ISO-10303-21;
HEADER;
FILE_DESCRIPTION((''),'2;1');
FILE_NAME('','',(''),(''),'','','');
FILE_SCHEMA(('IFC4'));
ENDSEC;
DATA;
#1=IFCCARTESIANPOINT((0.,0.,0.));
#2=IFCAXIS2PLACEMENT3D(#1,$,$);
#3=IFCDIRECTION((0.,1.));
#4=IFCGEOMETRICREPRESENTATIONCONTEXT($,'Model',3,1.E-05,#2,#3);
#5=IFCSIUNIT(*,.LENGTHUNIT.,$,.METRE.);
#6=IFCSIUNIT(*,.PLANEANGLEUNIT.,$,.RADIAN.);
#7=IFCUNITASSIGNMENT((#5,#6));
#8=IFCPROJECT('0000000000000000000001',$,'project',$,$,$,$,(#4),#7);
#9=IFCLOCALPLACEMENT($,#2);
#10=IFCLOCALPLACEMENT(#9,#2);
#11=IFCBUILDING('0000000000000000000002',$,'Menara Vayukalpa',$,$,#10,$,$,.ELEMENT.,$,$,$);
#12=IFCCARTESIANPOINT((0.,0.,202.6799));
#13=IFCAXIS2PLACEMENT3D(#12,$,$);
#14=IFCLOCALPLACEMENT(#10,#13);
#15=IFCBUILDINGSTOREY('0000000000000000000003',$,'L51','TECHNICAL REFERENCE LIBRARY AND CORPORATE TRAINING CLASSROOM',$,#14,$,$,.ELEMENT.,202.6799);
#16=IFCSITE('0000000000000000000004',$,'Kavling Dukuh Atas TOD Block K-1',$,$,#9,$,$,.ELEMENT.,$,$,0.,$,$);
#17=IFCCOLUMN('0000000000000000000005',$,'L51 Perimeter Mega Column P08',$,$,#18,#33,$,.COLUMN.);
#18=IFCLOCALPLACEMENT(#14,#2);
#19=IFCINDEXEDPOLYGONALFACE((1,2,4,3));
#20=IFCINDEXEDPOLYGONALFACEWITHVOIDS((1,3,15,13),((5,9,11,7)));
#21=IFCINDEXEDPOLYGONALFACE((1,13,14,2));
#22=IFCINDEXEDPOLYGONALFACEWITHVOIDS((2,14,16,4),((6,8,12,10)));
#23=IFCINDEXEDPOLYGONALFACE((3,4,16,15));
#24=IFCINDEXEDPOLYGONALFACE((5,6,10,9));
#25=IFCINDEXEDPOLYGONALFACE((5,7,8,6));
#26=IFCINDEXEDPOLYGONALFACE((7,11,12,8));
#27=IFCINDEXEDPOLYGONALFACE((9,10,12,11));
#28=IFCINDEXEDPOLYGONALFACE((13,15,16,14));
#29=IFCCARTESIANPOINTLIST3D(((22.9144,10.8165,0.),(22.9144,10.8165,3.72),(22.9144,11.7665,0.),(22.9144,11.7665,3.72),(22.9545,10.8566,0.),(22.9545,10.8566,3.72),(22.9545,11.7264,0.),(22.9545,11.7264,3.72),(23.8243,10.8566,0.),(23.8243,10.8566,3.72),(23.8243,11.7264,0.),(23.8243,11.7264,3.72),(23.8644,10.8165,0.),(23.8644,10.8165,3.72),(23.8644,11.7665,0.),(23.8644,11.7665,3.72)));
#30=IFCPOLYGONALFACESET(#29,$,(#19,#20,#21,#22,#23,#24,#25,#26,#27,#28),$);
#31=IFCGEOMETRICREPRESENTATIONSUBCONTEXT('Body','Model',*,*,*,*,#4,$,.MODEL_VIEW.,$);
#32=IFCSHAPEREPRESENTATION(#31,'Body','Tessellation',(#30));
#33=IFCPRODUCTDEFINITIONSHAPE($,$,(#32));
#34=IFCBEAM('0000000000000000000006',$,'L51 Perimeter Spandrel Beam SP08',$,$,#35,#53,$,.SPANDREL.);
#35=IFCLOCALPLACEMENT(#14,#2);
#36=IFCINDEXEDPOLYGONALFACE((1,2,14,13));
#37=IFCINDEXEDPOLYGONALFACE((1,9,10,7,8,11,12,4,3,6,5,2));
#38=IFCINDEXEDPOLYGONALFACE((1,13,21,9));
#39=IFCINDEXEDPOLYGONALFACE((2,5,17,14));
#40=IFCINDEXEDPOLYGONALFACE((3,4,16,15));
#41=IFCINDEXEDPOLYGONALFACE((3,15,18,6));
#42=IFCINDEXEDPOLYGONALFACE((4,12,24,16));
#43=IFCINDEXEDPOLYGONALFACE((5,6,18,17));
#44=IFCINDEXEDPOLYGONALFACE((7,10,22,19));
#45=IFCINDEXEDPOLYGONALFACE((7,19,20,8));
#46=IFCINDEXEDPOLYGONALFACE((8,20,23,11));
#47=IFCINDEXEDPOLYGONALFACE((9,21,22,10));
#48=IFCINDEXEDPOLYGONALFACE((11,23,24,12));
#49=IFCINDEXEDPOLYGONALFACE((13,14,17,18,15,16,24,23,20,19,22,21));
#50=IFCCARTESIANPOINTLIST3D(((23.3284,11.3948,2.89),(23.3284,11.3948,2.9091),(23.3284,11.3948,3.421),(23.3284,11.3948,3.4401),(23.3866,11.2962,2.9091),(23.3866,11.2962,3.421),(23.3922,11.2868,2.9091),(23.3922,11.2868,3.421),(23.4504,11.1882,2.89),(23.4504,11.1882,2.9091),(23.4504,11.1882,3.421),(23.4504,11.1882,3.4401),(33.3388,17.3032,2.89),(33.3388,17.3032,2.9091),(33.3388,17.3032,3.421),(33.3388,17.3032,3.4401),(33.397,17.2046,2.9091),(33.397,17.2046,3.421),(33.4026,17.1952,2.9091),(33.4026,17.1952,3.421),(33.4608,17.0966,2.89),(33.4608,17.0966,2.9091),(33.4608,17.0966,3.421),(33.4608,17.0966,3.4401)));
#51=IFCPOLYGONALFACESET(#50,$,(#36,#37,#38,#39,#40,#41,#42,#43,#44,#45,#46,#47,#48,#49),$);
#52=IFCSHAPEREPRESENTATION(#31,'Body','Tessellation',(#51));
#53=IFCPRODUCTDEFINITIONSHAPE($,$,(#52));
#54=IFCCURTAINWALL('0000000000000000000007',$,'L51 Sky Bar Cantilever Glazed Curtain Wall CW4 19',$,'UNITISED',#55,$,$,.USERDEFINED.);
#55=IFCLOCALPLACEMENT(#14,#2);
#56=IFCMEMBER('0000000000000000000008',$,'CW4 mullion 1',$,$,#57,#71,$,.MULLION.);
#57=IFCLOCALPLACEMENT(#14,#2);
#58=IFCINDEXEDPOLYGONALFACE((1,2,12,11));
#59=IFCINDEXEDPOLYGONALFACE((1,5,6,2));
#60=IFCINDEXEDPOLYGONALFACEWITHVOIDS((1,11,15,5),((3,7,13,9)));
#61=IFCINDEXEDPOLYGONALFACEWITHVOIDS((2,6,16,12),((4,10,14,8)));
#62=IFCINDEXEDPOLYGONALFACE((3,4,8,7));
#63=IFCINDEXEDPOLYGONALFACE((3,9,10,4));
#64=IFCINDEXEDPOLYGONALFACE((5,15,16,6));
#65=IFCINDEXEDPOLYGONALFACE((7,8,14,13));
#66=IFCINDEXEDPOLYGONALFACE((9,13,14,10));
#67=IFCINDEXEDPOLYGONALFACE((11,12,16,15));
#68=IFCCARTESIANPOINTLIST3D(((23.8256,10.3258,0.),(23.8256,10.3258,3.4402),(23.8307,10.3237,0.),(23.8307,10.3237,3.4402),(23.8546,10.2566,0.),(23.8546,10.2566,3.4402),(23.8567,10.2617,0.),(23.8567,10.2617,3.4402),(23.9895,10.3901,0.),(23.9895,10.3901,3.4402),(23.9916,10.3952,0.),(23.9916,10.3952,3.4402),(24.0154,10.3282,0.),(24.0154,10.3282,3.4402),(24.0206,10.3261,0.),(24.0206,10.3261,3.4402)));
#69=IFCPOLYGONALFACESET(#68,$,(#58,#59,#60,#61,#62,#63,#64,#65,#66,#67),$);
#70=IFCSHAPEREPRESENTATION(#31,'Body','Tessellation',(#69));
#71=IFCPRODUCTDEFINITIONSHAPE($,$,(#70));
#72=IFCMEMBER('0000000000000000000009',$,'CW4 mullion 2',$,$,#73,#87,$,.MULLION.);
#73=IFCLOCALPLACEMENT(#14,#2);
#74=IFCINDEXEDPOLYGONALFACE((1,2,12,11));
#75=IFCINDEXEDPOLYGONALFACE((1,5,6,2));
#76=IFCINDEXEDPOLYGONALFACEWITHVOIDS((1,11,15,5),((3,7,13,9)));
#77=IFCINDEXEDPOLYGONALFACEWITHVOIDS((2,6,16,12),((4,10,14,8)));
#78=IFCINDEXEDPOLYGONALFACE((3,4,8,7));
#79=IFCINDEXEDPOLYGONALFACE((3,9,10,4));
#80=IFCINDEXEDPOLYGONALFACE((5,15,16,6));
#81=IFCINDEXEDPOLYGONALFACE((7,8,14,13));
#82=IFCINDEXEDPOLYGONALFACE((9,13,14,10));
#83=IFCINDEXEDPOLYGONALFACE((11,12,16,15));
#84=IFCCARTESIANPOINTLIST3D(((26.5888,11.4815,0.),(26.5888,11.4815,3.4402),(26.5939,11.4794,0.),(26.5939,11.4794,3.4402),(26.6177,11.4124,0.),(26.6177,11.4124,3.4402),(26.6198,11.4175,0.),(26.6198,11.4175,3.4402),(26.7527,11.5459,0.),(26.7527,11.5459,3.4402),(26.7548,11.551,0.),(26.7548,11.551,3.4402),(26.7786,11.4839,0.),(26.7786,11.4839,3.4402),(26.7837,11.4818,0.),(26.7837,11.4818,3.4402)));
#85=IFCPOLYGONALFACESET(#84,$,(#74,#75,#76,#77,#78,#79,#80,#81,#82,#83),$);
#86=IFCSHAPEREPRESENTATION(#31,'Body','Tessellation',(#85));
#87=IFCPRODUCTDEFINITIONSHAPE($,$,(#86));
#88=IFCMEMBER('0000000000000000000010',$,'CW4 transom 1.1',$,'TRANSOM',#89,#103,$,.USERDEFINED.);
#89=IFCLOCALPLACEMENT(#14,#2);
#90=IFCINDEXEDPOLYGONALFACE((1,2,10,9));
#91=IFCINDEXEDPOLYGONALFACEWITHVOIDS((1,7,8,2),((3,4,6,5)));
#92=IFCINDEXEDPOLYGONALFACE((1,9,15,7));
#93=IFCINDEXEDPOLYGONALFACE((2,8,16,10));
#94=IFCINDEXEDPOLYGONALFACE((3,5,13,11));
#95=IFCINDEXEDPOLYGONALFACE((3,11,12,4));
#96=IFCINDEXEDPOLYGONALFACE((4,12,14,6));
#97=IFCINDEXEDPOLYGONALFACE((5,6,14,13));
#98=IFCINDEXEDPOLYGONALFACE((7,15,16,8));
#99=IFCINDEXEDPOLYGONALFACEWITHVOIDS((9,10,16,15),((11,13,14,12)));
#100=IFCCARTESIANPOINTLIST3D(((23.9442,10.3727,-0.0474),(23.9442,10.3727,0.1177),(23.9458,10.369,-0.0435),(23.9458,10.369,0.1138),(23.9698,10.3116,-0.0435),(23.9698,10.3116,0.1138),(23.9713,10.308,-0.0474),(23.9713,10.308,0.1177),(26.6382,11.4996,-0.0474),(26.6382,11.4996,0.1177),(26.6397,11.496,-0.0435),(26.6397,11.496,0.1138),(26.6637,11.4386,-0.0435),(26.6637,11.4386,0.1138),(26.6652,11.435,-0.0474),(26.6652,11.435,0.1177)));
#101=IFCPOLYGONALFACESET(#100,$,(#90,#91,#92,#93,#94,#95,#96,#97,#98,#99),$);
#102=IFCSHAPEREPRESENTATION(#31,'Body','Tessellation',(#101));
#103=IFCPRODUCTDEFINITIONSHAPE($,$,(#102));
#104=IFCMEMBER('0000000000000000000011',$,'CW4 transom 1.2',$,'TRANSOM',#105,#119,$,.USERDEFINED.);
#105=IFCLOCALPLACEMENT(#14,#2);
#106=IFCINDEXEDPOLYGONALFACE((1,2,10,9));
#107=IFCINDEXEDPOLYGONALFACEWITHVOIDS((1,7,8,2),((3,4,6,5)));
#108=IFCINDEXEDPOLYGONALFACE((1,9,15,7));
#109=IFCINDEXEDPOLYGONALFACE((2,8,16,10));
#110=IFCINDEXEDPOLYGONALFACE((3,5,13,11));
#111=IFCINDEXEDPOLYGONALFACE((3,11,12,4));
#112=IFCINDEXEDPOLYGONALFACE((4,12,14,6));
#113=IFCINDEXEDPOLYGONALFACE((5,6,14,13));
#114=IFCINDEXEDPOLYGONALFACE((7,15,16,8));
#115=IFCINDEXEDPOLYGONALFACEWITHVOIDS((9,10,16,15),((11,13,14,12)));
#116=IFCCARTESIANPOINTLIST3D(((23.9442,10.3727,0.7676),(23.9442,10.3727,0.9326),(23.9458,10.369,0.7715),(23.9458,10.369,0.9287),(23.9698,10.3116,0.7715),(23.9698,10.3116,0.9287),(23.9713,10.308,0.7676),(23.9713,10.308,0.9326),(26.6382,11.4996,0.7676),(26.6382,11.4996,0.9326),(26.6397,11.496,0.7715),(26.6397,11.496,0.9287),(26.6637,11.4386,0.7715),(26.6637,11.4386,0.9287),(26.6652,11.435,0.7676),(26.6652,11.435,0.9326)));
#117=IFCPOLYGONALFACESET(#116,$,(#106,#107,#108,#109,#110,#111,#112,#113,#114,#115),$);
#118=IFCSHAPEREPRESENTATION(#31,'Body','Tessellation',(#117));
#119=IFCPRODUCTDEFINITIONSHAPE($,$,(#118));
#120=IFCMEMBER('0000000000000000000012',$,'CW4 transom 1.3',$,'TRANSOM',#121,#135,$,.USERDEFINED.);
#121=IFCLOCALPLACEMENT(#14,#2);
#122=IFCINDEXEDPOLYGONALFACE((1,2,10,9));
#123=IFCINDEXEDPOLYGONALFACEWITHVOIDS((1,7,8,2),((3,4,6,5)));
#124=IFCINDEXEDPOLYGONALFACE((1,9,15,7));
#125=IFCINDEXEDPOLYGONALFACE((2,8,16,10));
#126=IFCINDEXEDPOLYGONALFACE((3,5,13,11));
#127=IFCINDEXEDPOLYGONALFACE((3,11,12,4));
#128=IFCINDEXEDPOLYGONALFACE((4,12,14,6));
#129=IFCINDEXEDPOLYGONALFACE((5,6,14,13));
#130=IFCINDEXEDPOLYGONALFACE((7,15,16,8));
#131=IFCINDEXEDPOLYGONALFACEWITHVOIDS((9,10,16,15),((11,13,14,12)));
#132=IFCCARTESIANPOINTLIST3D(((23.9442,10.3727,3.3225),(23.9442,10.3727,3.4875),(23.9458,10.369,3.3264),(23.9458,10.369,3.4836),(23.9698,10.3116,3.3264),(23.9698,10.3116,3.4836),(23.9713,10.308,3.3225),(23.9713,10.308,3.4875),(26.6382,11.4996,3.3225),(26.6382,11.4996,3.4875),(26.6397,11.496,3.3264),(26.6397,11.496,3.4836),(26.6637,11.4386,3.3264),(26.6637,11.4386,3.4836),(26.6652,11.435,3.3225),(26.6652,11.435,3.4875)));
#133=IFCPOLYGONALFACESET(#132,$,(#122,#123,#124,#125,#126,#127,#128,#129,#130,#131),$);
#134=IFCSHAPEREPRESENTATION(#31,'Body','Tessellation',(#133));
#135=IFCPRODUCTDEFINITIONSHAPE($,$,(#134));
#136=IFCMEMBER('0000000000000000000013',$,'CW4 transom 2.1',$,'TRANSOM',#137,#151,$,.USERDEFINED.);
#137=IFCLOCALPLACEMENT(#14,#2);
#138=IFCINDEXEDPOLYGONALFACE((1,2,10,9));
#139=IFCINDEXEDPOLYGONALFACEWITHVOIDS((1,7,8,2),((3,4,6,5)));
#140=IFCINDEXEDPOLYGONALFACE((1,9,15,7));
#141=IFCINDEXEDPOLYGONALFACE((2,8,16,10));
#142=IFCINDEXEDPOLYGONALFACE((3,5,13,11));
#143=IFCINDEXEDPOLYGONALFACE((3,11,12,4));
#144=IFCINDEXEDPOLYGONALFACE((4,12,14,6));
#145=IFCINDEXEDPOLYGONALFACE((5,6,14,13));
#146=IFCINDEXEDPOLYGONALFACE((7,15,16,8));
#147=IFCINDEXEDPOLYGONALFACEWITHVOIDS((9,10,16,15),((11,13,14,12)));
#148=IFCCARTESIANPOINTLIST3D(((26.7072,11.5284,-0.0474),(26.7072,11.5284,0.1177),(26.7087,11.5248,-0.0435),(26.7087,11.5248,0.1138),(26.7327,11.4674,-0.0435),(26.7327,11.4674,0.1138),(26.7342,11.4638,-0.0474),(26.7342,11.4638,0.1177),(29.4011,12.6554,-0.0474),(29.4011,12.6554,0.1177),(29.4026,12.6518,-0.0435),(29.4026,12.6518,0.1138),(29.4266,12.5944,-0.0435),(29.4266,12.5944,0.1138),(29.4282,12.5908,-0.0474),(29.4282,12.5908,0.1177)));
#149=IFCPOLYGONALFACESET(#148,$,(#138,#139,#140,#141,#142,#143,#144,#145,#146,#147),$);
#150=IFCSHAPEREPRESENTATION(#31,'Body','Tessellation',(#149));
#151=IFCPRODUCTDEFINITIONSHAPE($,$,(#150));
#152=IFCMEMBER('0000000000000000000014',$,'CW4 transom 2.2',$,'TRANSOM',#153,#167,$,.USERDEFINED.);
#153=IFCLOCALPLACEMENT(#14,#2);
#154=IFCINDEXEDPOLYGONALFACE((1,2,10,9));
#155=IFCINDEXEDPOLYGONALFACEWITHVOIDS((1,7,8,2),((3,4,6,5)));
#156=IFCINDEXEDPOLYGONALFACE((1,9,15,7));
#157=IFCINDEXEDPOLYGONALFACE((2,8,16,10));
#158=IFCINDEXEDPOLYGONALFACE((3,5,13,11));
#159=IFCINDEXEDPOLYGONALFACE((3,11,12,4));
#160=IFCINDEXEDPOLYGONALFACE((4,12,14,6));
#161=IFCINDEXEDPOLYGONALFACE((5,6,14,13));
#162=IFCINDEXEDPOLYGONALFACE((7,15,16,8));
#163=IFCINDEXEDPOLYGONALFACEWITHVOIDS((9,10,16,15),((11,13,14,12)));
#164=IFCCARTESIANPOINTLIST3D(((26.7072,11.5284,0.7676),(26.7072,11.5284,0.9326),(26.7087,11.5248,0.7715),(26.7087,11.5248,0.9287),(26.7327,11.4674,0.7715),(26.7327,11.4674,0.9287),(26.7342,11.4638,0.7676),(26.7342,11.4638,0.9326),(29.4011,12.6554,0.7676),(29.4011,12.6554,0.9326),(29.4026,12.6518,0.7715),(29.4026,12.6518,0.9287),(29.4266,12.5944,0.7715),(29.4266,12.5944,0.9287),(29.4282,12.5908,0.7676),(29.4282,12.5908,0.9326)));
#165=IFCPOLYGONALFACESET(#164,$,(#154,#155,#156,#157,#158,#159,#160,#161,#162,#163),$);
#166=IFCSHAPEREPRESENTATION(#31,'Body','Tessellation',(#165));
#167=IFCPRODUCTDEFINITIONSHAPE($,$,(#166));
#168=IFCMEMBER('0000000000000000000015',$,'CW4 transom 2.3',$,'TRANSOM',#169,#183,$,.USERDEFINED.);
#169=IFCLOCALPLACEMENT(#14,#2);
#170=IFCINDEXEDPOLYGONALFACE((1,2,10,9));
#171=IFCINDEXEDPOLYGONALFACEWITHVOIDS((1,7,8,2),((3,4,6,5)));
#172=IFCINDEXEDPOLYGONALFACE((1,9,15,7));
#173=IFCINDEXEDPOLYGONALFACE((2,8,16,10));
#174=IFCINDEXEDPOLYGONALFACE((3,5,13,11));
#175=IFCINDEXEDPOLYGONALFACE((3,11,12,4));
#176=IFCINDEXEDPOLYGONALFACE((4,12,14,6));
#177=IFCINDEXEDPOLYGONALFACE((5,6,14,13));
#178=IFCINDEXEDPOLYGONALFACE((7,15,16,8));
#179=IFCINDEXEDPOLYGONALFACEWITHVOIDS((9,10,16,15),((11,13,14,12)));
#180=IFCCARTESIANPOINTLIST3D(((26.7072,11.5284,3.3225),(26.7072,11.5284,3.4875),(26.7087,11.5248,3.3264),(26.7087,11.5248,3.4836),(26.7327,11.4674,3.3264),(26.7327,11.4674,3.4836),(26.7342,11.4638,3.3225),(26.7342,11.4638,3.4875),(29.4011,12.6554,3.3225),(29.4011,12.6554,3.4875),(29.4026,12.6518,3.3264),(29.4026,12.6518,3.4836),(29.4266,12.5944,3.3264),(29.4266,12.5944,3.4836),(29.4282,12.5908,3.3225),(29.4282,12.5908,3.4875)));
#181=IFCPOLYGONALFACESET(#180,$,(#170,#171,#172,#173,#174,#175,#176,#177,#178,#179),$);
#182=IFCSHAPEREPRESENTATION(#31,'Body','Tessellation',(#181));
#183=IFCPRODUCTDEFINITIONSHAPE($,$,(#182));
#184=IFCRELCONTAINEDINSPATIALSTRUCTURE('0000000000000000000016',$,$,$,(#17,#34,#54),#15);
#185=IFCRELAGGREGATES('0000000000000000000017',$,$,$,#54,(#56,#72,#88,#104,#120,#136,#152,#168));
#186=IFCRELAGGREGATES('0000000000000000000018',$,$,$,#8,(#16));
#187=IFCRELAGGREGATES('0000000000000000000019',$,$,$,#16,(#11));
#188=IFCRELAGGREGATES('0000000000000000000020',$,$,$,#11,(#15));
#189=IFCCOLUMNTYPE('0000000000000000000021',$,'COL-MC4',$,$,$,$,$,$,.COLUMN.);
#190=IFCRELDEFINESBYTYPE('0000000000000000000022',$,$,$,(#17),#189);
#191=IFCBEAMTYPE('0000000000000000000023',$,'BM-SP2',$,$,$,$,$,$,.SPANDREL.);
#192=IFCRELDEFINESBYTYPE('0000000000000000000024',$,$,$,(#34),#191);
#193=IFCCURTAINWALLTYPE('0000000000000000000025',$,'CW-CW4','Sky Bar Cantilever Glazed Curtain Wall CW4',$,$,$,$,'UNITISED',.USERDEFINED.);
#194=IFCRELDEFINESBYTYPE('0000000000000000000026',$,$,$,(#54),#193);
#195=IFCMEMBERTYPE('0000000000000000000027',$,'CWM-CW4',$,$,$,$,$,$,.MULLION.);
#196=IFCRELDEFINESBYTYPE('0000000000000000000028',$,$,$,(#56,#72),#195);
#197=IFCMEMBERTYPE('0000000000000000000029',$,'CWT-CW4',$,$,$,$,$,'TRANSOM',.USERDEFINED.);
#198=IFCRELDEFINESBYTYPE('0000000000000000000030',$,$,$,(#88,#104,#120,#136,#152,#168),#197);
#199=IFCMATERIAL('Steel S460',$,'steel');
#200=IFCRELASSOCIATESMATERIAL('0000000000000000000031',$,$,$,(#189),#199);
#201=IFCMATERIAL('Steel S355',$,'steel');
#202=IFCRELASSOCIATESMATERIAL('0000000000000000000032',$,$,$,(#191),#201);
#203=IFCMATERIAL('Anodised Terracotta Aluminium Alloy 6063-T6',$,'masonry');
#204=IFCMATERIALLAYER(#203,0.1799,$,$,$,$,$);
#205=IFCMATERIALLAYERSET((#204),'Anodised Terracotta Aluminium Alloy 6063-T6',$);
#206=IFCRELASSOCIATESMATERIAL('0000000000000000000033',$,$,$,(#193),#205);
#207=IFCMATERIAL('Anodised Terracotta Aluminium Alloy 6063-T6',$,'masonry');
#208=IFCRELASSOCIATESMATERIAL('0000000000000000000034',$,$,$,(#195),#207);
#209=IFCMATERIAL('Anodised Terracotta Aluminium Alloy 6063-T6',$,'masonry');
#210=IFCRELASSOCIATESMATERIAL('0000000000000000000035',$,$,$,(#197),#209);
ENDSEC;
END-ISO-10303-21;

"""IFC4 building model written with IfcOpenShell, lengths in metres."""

from ifc_helpers import new_model, si_unit, direction, frame, origin, origin_2d, place, context, subcontext, project, spatial, hollow_rectangle, i_section, extrude, material, layer, layer_set, material_profile, profile_set, type_object, element, aggregate, save


model = new_model("IFC4")

# Units and contexts
model_context = context("Model", 3, precision=1e-05, world=origin(), true_north=direction((0.0, 1.0)))
body_context = subcontext(model_context, "Body", "Model", "MODEL_VIEW")
ifc_project = project(units=[si_unit("LENGTHUNIT", "METRE"), si_unit("PLANEANGLEUNIT", "RADIAN")], contexts=[model_context])

# Site, building, storey
site_placement = place(None, origin())
site = spatial("IfcSite", under=ifc_project, at=site_placement, Name="Kavling Dukuh Atas TOD Block K-1", CompositionType="ELEMENT", RefElevation=0.0)
building_placement = place(site_placement, origin())
building = spatial("IfcBuilding", under=site, at=building_placement, Name="Menara Vayukalpa", CompositionType="ELEMENT")
storey_placement = place(building_placement, frame((0.0, 0.0, 202.6799)))
storey = spatial("IfcBuildingStorey", under=building, at=storey_placement, Name="L51", Description="TECHNICAL REFERENCE LIBRARY AND CORPORATE TRAINING CLASSROOM", CompositionType="ELEMENT", Elevation=202.6799)

# Column
ifc_material_1 = material(Name="Steel S460", Category="steel")
ifc_material_profile_1 = material_profile(ifc_material_1, hollow_rectangle(XDim=0.95, YDim=0.95, WallThickness=0.04, at=origin_2d()), Name="BOX 950x950x40")
ifc_profile_set_1 = profile_set([ifc_material_profile_1], Name="Steel S460")
column_type = type_object("IfcColumnType", Name="COL-MC4", PredefinedType="COLUMN", material=ifc_profile_set_1)
column_placement = place(storey_placement, frame((23.3894, 11.2915, 0.0), z_axis=(0.0, 0.0, 1.0), x_axis=(1.0, 0.0, 0.0)))
element("IfcColumn", 1, at=column_placement, inside=storey, type_object=column_type, Name="L51 Perimeter Mega Column P08", PredefinedType="COLUMN", context=body_context, shape_type="SweptSolid", body=[
    extrude(hollow_rectangle(XDim=0.95, YDim=0.95, WallThickness=0.04, at=origin_2d()), origin(), (0.0, 0.0, 1.0), 3.72),
])

# Beam
ifc_material_2 = material(Name="Steel S355", Category="steel")
ifc_material_profile_2 = material_profile(ifc_material_2, i_section(OverallWidth=0.24, OverallDepth=0.55, WebThickness=0.011, FlangeThickness=0.019, at=origin_2d()), Name="WF 550x240x11x19")
ifc_profile_set_2 = profile_set([ifc_material_profile_2], Name="Steel S355")
beam_type = type_object("IfcBeamType", Name="BM-SP2", PredefinedType="SPANDREL", material=ifc_profile_set_2)
beam_placement = place(storey_placement, frame((23.3894, 11.2915, 3.165), z_axis=(0.861184, 0.508293, 0.0), x_axis=(-0.508293, 0.861184, 0.0)))
element("IfcBeam", 2, at=beam_placement, inside=storey, type_object=beam_type, Name="L51 Perimeter Spandrel Beam SP08", PredefinedType="SPANDREL", context=body_context, shape_type="SweptSolid", body=[
    extrude(i_section(OverallWidth=0.24, OverallDepth=0.55, WebThickness=0.011, FlangeThickness=0.019, at=origin_2d()), origin(), (0.0, 0.0, 1.0), 11.624),
])

# Curtain wall, members
ifc_material_3 = material(Name="Anodised Terracotta Aluminium Alloy 6063-T6", Category="masonry")
ifc_layer_1 = layer(ifc_material_3, 0.1799)
ifc_layer_set_1 = layer_set([ifc_layer_1], Name="Anodised Terracotta Aluminium Alloy 6063-T6")
curtain_wall_type = type_object("IfcCurtainWallType", Name="CW-CW4", Description="Sky Bar Cantilever Glazed Curtain Wall CW4", ElementType="UNITISED", PredefinedType="USERDEFINED", material=ifc_layer_set_1)
curtain_wall_placement = place(storey_placement, origin())
curtain_wall = element("IfcCurtainWall", 3, at=curtain_wall_placement, inside=storey, type_object=curtain_wall_type, Name="L51 Sky Bar Cantilever Glazed Curtain Wall CW4 19", ObjectType="UNITISED", PredefinedType="USERDEFINED")
ifc_material_4 = material(Name="Anodised Terracotta Aluminium Alloy 6063-T6", Category="masonry")
ifc_material_profile_3 = material_profile(ifc_material_4, hollow_rectangle(XDim=0.075, YDim=0.1799, WallThickness=0.0039, at=origin_2d()), Name="ALU 75x180x4")
ifc_profile_set_3 = profile_set([ifc_material_profile_3], Name="Anodised Terracotta Aluminium Alloy 6063-T6")
member_type_1 = type_object("IfcMemberType", Name="CWM-CW4", PredefinedType="MULLION", material=ifc_profile_set_3)
member_1_placement = place(storey_placement, frame((23.9231, 10.3259, 0.0), z_axis=(0.0, 0.0, 1.0), x_axis=(-0.385903, 0.922539, 0.0)))
member_1 = element("IfcMember", 4, at=member_1_placement, type_object=member_type_1, Name="CW4 mullion 1", PredefinedType="MULLION", context=body_context, shape_type="SweptSolid", body=[
    extrude(hollow_rectangle(XDim=0.075, YDim=0.1799, WallThickness=0.0039, at=origin_2d()), origin(), (0.0, 0.0, 1.0), 3.4402),
])
member_2_placement = place(storey_placement, frame((26.6863, 11.4817, 0.0), z_axis=(0.0, 0.0, 1.0), x_axis=(-0.385903, 0.922539, 0.0)))
member_2 = element("IfcMember", 5, at=member_2_placement, type_object=member_type_1, Name="CW4 mullion 2", PredefinedType="MULLION", context=body_context, shape_type="SweptSolid", body=[
    extrude(hollow_rectangle(XDim=0.075, YDim=0.1799, WallThickness=0.0039, at=origin_2d()), origin(), (0.0, 0.0, 1.0), 3.4402),
])
ifc_material_5 = material(Name="Anodised Terracotta Aluminium Alloy 6063-T6", Category="masonry")
ifc_material_profile_4 = material_profile(ifc_material_5, hollow_rectangle(XDim=0.0701, YDim=0.165, WallThickness=0.0039, at=origin_2d()), Name="ALU 70x165x4")
ifc_profile_set_4 = profile_set([ifc_material_profile_4], Name="Anodised Terracotta Aluminium Alloy 6063-T6")
member_type_2 = type_object("IfcMemberType", Name="CWT-CW4", ElementType="TRANSOM", PredefinedType="USERDEFINED", material=ifc_profile_set_4)
member_3_placement = place(storey_placement, frame((23.9578, 10.3403, 0.0352), z_axis=(0.922527, 0.385933, 0.0), x_axis=(-0.385933, 0.922527, 0.0)))
member_3 = element("IfcMember", 6, at=member_3_placement, type_object=member_type_2, Name="CW4 transom 1.1", ObjectType="TRANSOM", PredefinedType="USERDEFINED", context=body_context, shape_type="SweptSolid", body=[
    extrude(hollow_rectangle(XDim=0.0701, YDim=0.165, WallThickness=0.0039, at=origin_2d()), origin(), (0.0, 0.0, 1.0), 2.9202),
])
member_4_placement = place(storey_placement, frame((23.9578, 10.3403, 0.8501), z_axis=(0.922527, 0.385933, 0.0), x_axis=(-0.385933, 0.922527, 0.0)))
member_4 = element("IfcMember", 7, at=member_4_placement, type_object=member_type_2, Name="CW4 transom 1.2", ObjectType="TRANSOM", PredefinedType="USERDEFINED", context=body_context, shape_type="SweptSolid", body=[
    extrude(hollow_rectangle(XDim=0.0701, YDim=0.165, WallThickness=0.0039, at=origin_2d()), origin(), (0.0, 0.0, 1.0), 2.9202),
])
member_5_placement = place(storey_placement, frame((23.9578, 10.3403, 3.405), z_axis=(0.922527, 0.385933, 0.0), x_axis=(-0.385933, 0.922527, 0.0)))
member_5 = element("IfcMember", 8, at=member_5_placement, type_object=member_type_2, Name="CW4 transom 1.3", ObjectType="TRANSOM", PredefinedType="USERDEFINED", context=body_context, shape_type="SweptSolid", body=[
    extrude(hollow_rectangle(XDim=0.0701, YDim=0.165, WallThickness=0.0039, at=origin_2d()), origin(), (0.0, 0.0, 1.0), 2.9202),
])
member_6_placement = place(storey_placement, frame((26.7207, 11.4961, 0.0352), z_axis=(0.922527, 0.385933, 0.0), x_axis=(-0.385933, 0.922527, 0.0)))
member_6 = element("IfcMember", 9, at=member_6_placement, type_object=member_type_2, Name="CW4 transom 2.1", ObjectType="TRANSOM", PredefinedType="USERDEFINED", context=body_context, shape_type="SweptSolid", body=[
    extrude(hollow_rectangle(XDim=0.0701, YDim=0.165, WallThickness=0.0039, at=origin_2d()), origin(), (0.0, 0.0, 1.0), 2.9202),
])
member_7_placement = place(storey_placement, frame((26.7207, 11.4961, 0.8501), z_axis=(0.922527, 0.385933, 0.0), x_axis=(-0.385933, 0.922527, 0.0)))
member_7 = element("IfcMember", 10, at=member_7_placement, type_object=member_type_2, Name="CW4 transom 2.2", ObjectType="TRANSOM", PredefinedType="USERDEFINED", context=body_context, shape_type="SweptSolid", body=[
    extrude(hollow_rectangle(XDim=0.0701, YDim=0.165, WallThickness=0.0039, at=origin_2d()), origin(), (0.0, 0.0, 1.0), 2.9202),
])
member_8_placement = place(storey_placement, frame((26.7207, 11.4961, 3.405), z_axis=(0.922527, 0.385933, 0.0), x_axis=(-0.385933, 0.922527, 0.0)))
member_8 = element("IfcMember", 11, at=member_8_placement, type_object=member_type_2, Name="CW4 transom 2.3", ObjectType="TRANSOM", PredefinedType="USERDEFINED", context=body_context, shape_type="SweptSolid", body=[
    extrude(hollow_rectangle(XDim=0.0701, YDim=0.165, WallThickness=0.0039, at=origin_2d()), origin(), (0.0, 0.0, 1.0), 2.9202),
])
aggregate(curtain_wall, [member_1, member_2, member_3, member_4, member_5, member_6, member_7, member_8])

save(model, "model.ifc")
